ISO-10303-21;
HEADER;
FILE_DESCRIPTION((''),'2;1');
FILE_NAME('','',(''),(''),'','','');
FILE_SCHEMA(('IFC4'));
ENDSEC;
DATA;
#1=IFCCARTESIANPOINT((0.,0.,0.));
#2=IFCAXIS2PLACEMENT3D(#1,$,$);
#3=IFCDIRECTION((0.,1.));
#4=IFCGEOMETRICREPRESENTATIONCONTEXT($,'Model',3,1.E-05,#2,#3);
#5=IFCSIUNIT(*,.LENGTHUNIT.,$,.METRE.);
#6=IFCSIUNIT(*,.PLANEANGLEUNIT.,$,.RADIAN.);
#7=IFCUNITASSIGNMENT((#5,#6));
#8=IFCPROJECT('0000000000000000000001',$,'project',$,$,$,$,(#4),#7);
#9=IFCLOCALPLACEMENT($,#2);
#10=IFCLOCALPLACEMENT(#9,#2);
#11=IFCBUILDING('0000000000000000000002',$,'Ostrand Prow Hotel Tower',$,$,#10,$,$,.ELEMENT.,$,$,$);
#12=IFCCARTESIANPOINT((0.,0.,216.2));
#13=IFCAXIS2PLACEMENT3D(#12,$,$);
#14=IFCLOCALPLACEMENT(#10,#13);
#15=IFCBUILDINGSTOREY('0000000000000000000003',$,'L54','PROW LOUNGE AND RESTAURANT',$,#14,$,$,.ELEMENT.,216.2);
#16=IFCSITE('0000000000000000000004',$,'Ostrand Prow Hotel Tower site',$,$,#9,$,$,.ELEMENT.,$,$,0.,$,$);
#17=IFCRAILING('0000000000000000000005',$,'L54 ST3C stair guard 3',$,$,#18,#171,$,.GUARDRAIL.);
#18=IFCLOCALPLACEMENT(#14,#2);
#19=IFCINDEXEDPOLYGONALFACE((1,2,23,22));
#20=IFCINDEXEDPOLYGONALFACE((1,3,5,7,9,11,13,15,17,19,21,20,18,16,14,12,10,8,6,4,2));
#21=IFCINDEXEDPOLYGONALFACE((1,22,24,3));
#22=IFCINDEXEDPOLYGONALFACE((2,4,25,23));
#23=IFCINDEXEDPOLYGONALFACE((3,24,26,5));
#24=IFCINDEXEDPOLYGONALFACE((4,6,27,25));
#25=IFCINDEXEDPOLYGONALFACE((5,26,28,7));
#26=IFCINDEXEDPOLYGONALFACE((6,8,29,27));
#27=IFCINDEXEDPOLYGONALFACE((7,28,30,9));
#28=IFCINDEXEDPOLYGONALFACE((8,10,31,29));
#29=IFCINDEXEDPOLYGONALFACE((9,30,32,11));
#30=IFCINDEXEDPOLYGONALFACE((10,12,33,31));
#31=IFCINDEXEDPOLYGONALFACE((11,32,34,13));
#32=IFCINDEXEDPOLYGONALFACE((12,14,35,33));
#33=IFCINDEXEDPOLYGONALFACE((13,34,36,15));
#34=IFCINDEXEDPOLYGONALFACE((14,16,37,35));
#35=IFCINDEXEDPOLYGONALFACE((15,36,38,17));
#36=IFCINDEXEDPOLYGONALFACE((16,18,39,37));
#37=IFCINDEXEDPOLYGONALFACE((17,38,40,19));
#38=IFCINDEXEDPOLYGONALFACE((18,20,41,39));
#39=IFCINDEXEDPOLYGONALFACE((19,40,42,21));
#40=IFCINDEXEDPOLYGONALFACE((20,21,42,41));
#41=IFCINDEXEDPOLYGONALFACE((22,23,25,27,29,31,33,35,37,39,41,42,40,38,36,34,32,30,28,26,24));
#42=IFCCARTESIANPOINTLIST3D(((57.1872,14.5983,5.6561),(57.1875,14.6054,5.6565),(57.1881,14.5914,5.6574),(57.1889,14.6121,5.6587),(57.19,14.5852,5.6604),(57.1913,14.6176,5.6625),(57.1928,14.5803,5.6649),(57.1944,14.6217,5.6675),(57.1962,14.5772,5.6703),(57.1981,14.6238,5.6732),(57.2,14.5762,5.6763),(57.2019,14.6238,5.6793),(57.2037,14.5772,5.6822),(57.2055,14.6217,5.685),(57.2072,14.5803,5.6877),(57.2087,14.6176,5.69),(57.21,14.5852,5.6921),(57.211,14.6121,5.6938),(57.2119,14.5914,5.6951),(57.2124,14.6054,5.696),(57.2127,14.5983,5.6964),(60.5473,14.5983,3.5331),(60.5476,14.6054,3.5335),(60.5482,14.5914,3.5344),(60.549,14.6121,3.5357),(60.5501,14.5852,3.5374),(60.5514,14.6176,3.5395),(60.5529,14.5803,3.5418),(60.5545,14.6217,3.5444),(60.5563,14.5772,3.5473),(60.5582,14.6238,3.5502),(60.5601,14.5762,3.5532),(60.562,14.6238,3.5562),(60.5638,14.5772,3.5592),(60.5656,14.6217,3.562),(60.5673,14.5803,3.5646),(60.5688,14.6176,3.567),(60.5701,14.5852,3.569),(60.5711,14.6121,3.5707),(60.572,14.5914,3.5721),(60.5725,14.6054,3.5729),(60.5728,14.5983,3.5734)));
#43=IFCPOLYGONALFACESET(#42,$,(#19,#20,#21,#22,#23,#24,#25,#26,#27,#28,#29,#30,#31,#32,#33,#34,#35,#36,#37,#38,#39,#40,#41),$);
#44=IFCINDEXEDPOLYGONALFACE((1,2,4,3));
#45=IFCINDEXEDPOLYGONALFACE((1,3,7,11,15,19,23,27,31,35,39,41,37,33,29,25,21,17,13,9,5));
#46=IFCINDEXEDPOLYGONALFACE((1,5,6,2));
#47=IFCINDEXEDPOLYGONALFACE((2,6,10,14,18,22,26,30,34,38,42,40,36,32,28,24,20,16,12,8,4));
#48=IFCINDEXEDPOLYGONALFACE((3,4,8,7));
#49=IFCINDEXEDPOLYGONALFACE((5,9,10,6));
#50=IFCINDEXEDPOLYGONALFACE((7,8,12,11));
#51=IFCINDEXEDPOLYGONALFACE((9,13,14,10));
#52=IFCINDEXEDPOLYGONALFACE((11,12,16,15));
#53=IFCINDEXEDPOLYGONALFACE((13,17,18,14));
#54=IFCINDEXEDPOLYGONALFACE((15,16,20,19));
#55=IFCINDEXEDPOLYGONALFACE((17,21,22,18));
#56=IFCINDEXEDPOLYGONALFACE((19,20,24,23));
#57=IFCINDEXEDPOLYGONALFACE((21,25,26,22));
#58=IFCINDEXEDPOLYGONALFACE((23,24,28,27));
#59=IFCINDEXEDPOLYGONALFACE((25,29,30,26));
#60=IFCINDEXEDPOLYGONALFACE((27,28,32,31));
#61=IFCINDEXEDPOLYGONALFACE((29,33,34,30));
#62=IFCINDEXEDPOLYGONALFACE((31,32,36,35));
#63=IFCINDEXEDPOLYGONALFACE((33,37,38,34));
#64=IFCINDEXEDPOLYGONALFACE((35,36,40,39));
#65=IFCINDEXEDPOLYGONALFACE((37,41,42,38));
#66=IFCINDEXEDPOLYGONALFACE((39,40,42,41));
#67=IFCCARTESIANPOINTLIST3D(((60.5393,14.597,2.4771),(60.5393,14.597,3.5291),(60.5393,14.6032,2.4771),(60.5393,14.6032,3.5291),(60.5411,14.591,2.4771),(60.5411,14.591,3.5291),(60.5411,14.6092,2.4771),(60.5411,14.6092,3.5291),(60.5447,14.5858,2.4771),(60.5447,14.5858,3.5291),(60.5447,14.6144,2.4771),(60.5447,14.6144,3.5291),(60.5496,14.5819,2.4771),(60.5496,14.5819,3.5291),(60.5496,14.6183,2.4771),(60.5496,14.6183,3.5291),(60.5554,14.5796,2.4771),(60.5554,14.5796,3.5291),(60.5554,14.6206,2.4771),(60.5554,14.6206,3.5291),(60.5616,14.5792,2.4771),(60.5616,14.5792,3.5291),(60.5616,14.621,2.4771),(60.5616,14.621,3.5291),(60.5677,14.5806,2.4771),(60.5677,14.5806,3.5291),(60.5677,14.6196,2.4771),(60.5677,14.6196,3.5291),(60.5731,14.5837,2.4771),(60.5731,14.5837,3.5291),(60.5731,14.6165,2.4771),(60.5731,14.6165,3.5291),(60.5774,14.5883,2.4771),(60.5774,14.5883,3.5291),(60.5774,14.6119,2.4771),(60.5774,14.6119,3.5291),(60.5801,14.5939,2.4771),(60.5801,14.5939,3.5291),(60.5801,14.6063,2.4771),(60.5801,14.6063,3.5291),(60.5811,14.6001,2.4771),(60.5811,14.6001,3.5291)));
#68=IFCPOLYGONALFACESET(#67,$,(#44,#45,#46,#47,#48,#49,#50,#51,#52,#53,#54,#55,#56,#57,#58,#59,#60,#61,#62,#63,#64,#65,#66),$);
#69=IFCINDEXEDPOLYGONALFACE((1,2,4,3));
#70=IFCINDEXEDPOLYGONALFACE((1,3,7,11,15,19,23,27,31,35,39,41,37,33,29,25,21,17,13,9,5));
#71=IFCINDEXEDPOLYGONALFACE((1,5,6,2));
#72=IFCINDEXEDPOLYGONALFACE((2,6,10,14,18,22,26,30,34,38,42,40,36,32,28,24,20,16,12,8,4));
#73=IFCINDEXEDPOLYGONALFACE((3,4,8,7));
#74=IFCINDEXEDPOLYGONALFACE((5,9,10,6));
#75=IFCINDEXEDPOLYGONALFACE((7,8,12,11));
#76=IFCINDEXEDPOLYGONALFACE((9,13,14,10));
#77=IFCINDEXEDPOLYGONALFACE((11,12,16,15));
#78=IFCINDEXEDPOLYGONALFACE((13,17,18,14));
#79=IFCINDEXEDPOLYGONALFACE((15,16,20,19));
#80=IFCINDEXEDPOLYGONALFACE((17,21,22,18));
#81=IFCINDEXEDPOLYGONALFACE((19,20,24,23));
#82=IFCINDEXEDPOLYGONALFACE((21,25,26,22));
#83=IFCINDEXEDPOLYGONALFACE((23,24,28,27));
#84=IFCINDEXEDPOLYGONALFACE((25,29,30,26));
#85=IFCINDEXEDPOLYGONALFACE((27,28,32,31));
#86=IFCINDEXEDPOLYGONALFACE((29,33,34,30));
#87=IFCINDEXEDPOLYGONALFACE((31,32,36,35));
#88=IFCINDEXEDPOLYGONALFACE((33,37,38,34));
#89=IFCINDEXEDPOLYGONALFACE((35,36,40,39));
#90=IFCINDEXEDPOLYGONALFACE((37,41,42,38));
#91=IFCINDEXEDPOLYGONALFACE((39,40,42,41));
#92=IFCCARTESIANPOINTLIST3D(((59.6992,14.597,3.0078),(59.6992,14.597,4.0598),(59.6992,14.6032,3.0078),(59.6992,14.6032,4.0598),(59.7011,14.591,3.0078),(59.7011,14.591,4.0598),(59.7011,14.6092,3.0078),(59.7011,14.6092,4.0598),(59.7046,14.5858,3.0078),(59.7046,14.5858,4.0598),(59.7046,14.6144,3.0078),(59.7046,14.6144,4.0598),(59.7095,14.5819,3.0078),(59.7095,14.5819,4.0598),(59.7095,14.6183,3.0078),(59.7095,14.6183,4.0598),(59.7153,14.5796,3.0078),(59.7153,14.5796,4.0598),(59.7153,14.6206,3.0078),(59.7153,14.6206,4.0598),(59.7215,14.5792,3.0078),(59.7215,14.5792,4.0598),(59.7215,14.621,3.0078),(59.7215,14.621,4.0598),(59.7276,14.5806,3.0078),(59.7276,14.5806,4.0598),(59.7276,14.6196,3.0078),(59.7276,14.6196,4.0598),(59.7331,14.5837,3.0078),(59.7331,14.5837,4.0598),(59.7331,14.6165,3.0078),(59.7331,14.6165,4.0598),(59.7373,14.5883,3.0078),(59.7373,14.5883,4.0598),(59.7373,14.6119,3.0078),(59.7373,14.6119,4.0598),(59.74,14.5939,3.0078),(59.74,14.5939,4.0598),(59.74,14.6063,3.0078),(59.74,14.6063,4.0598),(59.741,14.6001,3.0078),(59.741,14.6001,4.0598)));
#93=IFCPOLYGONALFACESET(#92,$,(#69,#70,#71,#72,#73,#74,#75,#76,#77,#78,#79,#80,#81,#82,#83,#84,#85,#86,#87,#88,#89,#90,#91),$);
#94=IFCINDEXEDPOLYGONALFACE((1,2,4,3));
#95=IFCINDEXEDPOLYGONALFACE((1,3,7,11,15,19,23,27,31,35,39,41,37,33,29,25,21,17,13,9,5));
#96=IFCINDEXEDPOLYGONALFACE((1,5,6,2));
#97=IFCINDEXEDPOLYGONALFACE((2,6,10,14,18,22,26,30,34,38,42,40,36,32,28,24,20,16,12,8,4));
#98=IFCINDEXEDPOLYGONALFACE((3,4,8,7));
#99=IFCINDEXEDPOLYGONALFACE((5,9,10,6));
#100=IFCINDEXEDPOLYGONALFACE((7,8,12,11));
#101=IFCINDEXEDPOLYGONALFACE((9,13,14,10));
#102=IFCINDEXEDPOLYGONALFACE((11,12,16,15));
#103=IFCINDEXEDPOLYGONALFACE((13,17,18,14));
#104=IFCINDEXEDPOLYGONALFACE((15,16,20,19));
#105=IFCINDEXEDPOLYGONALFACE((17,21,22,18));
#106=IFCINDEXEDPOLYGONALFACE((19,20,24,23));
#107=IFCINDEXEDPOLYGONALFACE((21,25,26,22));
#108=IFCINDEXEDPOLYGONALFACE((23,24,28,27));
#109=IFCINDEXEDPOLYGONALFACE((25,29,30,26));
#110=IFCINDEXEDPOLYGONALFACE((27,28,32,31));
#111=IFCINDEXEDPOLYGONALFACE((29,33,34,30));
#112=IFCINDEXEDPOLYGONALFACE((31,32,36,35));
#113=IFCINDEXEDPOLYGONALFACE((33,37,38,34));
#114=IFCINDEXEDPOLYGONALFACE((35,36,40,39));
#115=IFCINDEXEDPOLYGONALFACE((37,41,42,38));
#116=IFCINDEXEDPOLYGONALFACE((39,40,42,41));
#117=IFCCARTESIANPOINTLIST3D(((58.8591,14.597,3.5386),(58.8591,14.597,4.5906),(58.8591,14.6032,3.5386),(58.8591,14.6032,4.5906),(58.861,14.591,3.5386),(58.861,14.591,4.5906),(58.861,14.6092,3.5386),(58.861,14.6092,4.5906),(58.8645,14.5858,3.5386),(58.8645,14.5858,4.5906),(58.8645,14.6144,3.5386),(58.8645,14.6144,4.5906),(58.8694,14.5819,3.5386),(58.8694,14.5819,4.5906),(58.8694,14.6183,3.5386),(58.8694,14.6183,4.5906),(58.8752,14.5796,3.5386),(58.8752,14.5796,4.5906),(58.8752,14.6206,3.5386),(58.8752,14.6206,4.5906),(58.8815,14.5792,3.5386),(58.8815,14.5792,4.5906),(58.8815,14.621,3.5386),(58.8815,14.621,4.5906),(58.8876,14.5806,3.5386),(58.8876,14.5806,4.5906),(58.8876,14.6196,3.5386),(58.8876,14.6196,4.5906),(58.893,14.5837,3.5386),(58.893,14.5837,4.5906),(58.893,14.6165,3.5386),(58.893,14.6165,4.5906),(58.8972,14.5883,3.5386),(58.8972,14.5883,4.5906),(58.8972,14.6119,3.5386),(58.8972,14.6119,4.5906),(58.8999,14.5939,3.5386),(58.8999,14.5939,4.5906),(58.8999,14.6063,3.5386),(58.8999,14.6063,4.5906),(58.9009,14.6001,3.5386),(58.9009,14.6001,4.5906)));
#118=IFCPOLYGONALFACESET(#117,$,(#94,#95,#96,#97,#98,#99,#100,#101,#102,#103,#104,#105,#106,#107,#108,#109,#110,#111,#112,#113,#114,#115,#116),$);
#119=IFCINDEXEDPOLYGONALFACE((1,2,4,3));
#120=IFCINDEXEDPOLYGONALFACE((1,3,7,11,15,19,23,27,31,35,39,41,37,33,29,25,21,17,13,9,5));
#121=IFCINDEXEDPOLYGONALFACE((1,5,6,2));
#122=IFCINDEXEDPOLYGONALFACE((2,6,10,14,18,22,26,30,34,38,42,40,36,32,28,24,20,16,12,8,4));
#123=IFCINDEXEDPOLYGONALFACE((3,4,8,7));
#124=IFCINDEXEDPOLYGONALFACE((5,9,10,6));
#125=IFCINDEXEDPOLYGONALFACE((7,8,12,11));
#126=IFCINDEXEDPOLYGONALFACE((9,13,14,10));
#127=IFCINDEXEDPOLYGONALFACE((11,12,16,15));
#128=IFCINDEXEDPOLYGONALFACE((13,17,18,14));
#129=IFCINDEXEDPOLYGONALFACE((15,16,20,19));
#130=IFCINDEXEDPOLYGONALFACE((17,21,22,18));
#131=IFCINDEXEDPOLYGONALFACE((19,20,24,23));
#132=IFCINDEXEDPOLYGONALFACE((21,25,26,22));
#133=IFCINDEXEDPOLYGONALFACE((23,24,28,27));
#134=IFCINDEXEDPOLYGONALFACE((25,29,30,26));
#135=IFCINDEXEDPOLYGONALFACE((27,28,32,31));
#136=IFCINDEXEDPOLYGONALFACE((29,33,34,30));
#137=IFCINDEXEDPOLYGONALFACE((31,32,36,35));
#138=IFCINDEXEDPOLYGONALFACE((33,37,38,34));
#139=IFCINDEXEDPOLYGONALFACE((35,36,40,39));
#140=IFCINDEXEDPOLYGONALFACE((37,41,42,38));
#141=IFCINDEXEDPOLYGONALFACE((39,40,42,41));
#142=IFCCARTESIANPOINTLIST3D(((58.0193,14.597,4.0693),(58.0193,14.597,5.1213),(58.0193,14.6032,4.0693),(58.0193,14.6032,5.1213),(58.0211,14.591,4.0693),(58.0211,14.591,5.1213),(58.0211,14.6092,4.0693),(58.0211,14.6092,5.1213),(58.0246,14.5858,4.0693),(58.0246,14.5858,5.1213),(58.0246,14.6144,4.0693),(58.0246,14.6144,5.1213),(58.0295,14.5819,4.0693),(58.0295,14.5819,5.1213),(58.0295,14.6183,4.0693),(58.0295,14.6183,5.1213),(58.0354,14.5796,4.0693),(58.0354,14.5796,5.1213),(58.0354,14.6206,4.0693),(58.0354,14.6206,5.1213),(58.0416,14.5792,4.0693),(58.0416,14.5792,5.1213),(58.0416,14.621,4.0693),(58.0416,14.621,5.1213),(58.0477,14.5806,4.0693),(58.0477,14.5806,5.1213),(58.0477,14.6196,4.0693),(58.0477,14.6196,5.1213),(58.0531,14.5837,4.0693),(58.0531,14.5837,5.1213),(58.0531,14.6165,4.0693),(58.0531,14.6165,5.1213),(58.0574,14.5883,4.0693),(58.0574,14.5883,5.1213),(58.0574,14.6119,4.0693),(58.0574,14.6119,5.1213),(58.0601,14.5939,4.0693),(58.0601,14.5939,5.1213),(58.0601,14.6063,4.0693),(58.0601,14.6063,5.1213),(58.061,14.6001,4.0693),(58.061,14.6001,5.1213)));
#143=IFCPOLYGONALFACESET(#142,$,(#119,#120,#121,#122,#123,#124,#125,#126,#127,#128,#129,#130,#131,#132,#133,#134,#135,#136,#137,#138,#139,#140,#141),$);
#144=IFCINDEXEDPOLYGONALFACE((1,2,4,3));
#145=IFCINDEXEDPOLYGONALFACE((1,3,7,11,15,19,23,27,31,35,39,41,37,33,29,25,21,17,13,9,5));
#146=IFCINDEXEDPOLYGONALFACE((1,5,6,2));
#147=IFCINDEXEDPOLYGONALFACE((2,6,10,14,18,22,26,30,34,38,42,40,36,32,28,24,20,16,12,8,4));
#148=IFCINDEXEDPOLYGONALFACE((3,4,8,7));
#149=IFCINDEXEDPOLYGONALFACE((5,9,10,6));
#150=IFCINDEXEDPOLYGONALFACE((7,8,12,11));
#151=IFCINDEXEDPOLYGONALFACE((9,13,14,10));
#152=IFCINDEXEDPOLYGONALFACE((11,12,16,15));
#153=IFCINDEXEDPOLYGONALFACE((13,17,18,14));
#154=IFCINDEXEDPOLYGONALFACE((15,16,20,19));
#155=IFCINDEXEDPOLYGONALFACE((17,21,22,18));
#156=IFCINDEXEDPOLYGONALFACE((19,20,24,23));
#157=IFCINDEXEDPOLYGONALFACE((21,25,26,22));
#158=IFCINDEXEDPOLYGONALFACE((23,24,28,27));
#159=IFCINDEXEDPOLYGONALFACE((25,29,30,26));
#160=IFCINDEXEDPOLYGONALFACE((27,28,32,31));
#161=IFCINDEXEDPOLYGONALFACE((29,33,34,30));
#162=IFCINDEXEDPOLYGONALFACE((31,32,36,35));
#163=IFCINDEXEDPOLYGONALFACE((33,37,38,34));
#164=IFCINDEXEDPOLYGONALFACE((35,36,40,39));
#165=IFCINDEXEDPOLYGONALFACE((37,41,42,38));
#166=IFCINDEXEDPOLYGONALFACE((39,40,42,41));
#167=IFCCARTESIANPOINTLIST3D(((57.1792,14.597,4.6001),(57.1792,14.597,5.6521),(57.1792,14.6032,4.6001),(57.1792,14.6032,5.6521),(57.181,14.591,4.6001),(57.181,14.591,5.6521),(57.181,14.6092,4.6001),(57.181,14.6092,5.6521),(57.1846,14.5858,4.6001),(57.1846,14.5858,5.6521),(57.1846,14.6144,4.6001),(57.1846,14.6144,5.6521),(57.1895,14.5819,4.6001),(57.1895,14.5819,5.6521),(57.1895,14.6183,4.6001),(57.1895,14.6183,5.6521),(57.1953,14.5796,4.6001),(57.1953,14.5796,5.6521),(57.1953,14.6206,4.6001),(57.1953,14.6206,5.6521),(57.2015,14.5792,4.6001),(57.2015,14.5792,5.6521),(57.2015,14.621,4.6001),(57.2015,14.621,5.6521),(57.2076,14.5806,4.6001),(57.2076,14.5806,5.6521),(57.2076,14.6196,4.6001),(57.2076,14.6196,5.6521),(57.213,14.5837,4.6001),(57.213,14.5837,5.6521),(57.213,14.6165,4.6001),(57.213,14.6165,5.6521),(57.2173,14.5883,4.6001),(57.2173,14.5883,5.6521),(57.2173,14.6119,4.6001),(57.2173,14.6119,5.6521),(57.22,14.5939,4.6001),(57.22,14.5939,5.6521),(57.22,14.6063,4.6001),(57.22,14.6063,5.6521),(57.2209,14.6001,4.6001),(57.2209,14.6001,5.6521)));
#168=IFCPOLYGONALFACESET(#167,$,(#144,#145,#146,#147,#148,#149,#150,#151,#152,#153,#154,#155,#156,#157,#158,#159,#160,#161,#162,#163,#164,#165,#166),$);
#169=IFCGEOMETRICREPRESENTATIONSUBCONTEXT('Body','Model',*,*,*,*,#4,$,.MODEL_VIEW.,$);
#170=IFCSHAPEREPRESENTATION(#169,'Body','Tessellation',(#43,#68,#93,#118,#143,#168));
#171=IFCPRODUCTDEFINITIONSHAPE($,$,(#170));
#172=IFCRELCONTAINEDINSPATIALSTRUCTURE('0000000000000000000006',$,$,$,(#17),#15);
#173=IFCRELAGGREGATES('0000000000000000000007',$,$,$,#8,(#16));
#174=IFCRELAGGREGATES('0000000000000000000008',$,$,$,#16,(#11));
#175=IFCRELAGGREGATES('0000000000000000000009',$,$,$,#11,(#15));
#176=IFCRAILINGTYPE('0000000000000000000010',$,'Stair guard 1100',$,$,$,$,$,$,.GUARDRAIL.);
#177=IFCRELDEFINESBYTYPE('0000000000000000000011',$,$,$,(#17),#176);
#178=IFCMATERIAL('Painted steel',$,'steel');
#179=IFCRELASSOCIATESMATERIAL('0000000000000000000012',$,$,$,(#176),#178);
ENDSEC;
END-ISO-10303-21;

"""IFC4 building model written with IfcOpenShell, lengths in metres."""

from ifc_helpers import new_model, si_unit, direction, frame, origin, origin_2d, place, context, subcontext, project, spatial, circle, extrude, material, type_object, element, save


model = new_model("IFC4")

# Units and contexts
model_context = context("Model", 3, precision=1e-05, world=origin(), true_north=direction((0.0, 1.0)))
body_context = subcontext(model_context, "Body", "Model", "MODEL_VIEW")
ifc_project = project(units=[si_unit("LENGTHUNIT", "METRE"), si_unit("PLANEANGLEUNIT", "RADIAN")], contexts=[model_context])

# Site, building, storey
site_placement = place(None, origin())
site = spatial("IfcSite", under=ifc_project, at=site_placement, Name="Ostrand Prow Hotel Tower site", CompositionType="ELEMENT", RefElevation=0.0)
building_placement = place(site_placement, origin())
building = spatial("IfcBuilding", under=site, at=building_placement, Name="Ostrand Prow Hotel Tower", CompositionType="ELEMENT")
storey_placement = place(building_placement, frame((0.0, 0.0, 216.2)))
storey = spatial("IfcBuildingStorey", under=building, at=storey_placement, Name="L54", Description="PROW LOUNGE AND RESTAURANT", CompositionType="ELEMENT", Elevation=216.2)

# Railing
ifc_material_1 = material(Name="Painted steel", Category="steel")
railing_type_1 = type_object("IfcRailingType", Name="Stair guard 1100", PredefinedType="GUARDRAIL", material=ifc_material_1)
railing_1_placement = place(storey_placement, frame((60.5601, 14.6001, 2.4771)))
element("IfcRailing", 1, at=railing_1_placement, inside=storey, type_object=railing_type_1, Name="L54 ST3C stair guard 3", PredefinedType="GUARDRAIL", context=body_context, shape_type="SweptSolid", body=[
    extrude(circle(Radius=0.0239, at=origin_2d()), frame((0.0, 0.0, 1.0762), z_axis=(-0.84539, 0.0, 0.53415), x_axis=(0.0, -1.0, 0.0)), (0.0, 0.0, 1.0), 3.9746),
    extrude(circle(Radius=0.021, at=origin_2d()), origin(), (0.0, 0.0, 1.0), 1.052),
    extrude(circle(Radius=0.021, at=origin_2d()), frame((-0.8401, 0.0, 0.5308)), (0.0, 0.0, 1.0), 1.052),
    extrude(circle(Radius=0.021, at=origin_2d()), frame((-1.6802, 0.0, 1.0615)), (0.0, 0.0, 1.0), 1.052),
    extrude(circle(Radius=0.021, at=origin_2d()), frame((-2.52, 0.0, 1.5923)), (0.0, 0.0, 1.0), 1.052),
    extrude(circle(Radius=0.021, at=origin_2d()), frame((-3.3601, 0.0, 2.123)), (0.0, 0.0, 1.0), 1.052),
])

save(model, "model.ifc")
